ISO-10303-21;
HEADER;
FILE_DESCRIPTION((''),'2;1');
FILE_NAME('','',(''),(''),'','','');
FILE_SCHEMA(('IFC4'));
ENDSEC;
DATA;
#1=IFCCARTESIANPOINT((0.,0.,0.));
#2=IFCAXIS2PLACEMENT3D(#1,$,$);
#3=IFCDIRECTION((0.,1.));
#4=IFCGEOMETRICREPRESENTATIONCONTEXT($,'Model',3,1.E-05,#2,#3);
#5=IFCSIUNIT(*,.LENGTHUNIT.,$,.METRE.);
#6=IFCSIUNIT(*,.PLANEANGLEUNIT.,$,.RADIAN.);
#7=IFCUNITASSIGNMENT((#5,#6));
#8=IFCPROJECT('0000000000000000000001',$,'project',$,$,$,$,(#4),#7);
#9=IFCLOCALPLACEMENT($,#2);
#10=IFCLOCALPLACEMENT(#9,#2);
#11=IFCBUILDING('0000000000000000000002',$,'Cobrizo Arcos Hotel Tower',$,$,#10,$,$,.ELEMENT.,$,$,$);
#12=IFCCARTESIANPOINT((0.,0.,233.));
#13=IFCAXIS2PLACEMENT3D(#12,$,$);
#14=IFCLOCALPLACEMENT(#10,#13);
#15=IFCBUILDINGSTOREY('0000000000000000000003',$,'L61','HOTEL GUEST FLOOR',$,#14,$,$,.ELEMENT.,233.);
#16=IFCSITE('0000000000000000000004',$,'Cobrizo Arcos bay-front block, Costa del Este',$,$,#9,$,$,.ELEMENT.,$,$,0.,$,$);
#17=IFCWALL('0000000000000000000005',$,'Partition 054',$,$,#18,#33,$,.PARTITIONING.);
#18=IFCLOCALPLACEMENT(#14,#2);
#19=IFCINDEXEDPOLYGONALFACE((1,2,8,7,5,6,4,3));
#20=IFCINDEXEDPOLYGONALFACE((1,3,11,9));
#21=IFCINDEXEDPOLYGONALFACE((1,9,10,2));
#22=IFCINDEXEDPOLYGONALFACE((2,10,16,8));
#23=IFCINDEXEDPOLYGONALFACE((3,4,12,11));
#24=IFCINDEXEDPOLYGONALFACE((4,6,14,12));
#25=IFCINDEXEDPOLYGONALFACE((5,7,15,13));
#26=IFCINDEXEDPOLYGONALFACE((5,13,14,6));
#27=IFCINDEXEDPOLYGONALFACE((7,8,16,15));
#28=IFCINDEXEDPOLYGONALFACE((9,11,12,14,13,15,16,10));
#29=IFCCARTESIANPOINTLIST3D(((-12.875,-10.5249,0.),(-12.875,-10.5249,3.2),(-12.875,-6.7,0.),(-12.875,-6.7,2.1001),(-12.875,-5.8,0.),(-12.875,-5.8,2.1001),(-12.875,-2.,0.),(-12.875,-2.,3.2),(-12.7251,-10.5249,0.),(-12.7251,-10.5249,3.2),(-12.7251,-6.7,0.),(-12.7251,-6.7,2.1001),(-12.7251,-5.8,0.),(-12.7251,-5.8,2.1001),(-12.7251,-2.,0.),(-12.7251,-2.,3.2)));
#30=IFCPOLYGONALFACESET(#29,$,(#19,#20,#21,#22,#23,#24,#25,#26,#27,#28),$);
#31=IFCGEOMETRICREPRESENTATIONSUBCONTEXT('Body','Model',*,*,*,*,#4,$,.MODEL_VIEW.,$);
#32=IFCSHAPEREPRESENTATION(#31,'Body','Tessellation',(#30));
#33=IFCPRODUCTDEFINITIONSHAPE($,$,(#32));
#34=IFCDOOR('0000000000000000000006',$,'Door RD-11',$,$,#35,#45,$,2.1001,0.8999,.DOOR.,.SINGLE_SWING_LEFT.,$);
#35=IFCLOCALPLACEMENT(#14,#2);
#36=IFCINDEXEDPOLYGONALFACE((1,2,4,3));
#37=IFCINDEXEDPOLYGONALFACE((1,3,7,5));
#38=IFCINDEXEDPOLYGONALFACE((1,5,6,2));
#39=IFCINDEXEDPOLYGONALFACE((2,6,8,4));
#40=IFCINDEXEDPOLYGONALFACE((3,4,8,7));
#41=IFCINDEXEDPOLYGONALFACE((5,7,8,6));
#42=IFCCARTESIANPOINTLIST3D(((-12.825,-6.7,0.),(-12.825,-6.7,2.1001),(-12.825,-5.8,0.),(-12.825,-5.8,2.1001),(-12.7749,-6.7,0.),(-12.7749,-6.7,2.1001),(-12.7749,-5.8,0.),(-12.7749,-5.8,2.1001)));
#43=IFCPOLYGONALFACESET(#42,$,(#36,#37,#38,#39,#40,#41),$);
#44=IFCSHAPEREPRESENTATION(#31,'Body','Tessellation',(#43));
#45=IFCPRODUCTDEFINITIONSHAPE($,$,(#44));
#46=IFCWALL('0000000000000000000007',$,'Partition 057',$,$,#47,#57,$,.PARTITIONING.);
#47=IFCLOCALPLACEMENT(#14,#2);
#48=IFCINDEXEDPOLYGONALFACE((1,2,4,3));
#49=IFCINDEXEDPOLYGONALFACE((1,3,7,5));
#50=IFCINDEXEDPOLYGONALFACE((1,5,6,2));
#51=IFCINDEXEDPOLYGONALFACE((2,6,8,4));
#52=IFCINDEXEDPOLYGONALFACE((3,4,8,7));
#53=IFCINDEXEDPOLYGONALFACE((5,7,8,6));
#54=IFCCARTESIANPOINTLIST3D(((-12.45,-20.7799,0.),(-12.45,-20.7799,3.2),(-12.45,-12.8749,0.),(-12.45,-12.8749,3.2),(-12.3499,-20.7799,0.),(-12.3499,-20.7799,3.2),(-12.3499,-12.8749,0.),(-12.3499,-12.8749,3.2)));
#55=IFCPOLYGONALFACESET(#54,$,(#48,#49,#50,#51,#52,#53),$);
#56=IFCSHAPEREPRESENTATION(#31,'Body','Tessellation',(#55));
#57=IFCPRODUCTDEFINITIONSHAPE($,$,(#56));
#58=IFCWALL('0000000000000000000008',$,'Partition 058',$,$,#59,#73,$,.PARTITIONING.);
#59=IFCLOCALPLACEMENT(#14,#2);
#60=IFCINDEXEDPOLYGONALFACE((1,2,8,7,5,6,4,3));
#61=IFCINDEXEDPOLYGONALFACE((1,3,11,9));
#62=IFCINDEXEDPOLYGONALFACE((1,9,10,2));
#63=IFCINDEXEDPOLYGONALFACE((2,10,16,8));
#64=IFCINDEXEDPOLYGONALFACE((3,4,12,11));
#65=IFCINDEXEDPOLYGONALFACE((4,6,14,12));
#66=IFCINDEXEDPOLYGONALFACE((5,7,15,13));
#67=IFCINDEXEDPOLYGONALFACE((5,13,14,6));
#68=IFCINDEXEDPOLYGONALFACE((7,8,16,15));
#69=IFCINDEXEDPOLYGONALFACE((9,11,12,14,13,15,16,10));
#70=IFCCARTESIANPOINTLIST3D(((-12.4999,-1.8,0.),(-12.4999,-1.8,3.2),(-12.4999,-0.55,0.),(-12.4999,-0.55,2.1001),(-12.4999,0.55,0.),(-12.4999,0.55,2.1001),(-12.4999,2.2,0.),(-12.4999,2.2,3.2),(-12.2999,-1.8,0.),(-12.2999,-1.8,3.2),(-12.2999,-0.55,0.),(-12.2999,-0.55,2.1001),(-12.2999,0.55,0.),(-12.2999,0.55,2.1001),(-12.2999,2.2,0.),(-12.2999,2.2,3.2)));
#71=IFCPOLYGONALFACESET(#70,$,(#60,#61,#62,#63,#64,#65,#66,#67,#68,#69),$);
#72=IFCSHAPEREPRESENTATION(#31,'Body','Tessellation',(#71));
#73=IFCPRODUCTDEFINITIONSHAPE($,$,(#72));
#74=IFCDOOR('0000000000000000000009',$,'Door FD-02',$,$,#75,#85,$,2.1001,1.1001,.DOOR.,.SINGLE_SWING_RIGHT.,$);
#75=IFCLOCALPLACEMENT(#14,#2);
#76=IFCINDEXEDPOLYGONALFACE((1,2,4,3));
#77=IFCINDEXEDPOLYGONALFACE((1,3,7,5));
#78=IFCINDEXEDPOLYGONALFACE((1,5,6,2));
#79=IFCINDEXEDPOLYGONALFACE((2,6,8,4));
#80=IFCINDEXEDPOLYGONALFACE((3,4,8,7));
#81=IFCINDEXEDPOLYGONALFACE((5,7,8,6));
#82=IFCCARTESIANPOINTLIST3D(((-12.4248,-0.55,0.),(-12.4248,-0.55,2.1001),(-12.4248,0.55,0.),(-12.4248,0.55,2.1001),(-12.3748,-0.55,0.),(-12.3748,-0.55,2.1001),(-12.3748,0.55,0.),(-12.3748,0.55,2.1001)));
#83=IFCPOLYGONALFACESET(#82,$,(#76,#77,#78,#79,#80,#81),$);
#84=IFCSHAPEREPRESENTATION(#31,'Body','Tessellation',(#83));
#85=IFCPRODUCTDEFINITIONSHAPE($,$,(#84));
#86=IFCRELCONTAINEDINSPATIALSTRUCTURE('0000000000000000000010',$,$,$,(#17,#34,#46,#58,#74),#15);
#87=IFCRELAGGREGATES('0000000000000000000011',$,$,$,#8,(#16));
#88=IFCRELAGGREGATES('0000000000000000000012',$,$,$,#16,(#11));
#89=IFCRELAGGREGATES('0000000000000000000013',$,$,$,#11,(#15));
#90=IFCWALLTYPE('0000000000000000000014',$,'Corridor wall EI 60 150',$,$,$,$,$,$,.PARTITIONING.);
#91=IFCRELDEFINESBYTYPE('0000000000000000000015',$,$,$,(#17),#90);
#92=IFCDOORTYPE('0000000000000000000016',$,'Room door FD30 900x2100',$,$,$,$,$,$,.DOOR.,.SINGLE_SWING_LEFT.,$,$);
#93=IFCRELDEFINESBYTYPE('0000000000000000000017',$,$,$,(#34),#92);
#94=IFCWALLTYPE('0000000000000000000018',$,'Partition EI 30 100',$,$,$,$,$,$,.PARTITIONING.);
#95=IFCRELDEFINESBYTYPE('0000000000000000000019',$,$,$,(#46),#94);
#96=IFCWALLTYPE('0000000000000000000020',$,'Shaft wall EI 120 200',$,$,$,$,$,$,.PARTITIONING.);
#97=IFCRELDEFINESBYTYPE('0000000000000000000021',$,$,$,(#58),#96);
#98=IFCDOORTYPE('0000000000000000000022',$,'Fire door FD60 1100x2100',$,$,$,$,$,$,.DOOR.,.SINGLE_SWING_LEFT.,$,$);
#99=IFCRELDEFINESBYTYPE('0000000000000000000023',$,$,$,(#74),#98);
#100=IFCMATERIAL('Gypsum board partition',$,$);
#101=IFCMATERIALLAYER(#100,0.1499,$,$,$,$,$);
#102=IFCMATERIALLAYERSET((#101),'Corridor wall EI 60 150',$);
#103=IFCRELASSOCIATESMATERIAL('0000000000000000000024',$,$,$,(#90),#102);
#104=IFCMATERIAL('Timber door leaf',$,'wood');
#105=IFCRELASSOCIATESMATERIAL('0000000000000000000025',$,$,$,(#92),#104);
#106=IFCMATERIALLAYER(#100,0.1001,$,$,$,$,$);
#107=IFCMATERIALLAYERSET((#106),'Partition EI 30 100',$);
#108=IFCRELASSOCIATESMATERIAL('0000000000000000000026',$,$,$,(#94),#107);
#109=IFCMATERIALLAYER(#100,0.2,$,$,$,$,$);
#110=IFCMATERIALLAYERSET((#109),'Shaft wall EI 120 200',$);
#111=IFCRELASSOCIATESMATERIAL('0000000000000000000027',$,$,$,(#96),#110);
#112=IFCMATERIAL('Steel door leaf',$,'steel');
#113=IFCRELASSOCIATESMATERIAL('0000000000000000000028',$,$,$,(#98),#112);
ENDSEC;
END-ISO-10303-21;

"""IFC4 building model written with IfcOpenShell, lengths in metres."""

from ifc_helpers import new_model, si_unit, direction, frame, frame_2d, origin, place, context, subcontext, project, spatial, rectangle, extrude, material, layer, layer_set, type_object, element, fill, save


model = new_model("IFC4")

# Units and contexts
model_context = context("Model", 3, precision=1e-05, world=origin(), true_north=direction((0.0, 1.0)))
body_context = subcontext(model_context, "Body", "Model", "MODEL_VIEW")
ifc_project = project(units=[si_unit("LENGTHUNIT", "METRE"), si_unit("PLANEANGLEUNIT", "RADIAN")], contexts=[model_context])

# Site, building, storey
site_placement = place(None, origin())
site = spatial("IfcSite", under=ifc_project, at=site_placement, Name="Cobrizo Arcos bay-front block, Costa del Este", CompositionType="ELEMENT", RefElevation=0.0)
building_placement = place(site_placement, origin())
building = spatial("IfcBuilding", under=site, at=building_placement, Name="Cobrizo Arcos Hotel Tower", CompositionType="ELEMENT")
storey_placement = place(building_placement, frame((0.0, 0.0, 233.0)))
storey = spatial("IfcBuildingStorey", under=building, at=storey_placement, Name="L61", Description="HOTEL GUEST FLOOR", CompositionType="ELEMENT", Elevation=233.0)

# Shared definitions
ifc_material_1 = material(Name="Gypsum board partition")
ifc_layer_1 = layer(ifc_material_1, 0.1499)
ifc_layer_set_1 = layer_set([ifc_layer_1], Name="Corridor wall EI 60 150")
wall_type_1 = type_object("IfcWallType", Name="Corridor wall EI 60 150", PredefinedType="PARTITIONING", material=ifc_layer_set_1)

# Wall, opening, door
wall_1_placement = place(storey_placement, frame((-12.8, -10.5249, 0.0), z_axis=(0.0, 0.0, 1.0), x_axis=(0.0, 1.0, 0.0)))
wall_1 = element("IfcWall", 1, at=wall_1_placement, inside=storey, type_object=wall_type_1, Name="Partition 054", PredefinedType="PARTITIONING", context=body_context, shape_type="SweptSolid", body=[
    extrude(rectangle(XDim=8.5249, YDim=0.1499, at=frame_2d((4.2625, 0.0))), origin(), (0.0, 0.0, 1.0), 3.2),
])
opening_1_placement = place(wall_1_placement, frame((3.825, 0.0, 0.0)))
opening_1 = element("IfcOpeningElement", 2, at=opening_1_placement, cuts=wall_1, PredefinedType="OPENING", context=body_context, shape_type="SweptSolid", body=[
    extrude(rectangle(XDim=0.8999, YDim=2.1001, at=frame_2d((0.45, 1.05))), frame((0.0, 0.0869, 0.0), z_axis=(0.0, -1.0, 0.0), x_axis=(1.0, 0.0, 0.0)), (0.0, 0.0, 1.0), 0.1738),
])
ifc_material_2 = material(Name="Timber door leaf", Category="wood")
door_type_1 = type_object("IfcDoorType", Name="Room door FD30 900x2100", OperationType="SINGLE_SWING_LEFT", PredefinedType="DOOR", material=ifc_material_2)
door_1_placement = place(opening_1_placement, origin())
door_1 = element("IfcDoor", 3, at=door_1_placement, inside=storey, type_object=door_type_1, Name="Door RD-11", OperationType="SINGLE_SWING_LEFT", OverallHeight=2.1001, OverallWidth=0.8999, PredefinedType="DOOR", context=body_context, shape_type="SweptSolid", body=[
    extrude(rectangle(XDim=0.8999, YDim=2.1001, at=frame_2d((0.45, 1.05))), frame((0.0, 0.0249, 0.0), z_axis=(0.0, -1.0, 0.0), x_axis=(1.0, 0.0, 0.0)), (0.0, 0.0, 1.0), 0.05),
])
fill(opening_1, door_1)

# Wall
ifc_layer_2 = layer(ifc_material_1, 0.1001)
ifc_layer_set_2 = layer_set([ifc_layer_2], Name="Partition EI 30 100")
wall_type_2 = type_object("IfcWallType", Name="Partition EI 30 100", PredefinedType="PARTITIONING", material=ifc_layer_set_2)
wall_2_placement = place(storey_placement, frame((-12.3999, -20.78, 0.0), z_axis=(0.0, 0.0, 1.0), x_axis=(0.0, 1.0, 0.0)))
element("IfcWall", 4, at=wall_2_placement, inside=storey, type_object=wall_type_2, Name="Partition 057", PredefinedType="PARTITIONING", context=body_context, shape_type="SweptSolid", body=[
    extrude(rectangle(XDim=7.905, YDim=0.1001, at=frame_2d((3.9526, 0.0))), origin(), (0.0, 0.0, 1.0), 3.2),
])

# Wall, opening, door
ifc_layer_3 = layer(ifc_material_1, 0.2)
ifc_layer_set_3 = layer_set([ifc_layer_3], Name="Shaft wall EI 120 200")
wall_type_3 = type_object("IfcWallType", Name="Shaft wall EI 120 200", PredefinedType="PARTITIONING", material=ifc_layer_set_3)
wall_3_placement = place(storey_placement, frame((-12.3999, -1.8, 0.0), z_axis=(0.0, 0.0, 1.0), x_axis=(0.0, 1.0, 0.0)))
wall_3 = element("IfcWall", 5, at=wall_3_placement, inside=storey, type_object=wall_type_3, Name="Partition 058", PredefinedType="PARTITIONING", context=body_context, shape_type="SweptSolid", body=[
    extrude(rectangle(XDim=4.0, YDim=0.2, at=frame_2d((2.0, 0.0))), origin(), (0.0, 0.0, 1.0), 3.2),
])
opening_2_placement = place(wall_3_placement, frame((1.25, 0.0, 0.0)))
opening_2 = element("IfcOpeningElement", 6, at=opening_2_placement, cuts=wall_3, PredefinedType="OPENING", context=body_context, shape_type="SweptSolid", body=[
    extrude(rectangle(XDim=1.1001, YDim=2.1001, at=frame_2d((0.55, 1.05))), frame((0.0, 0.1121, 0.0), z_axis=(0.0, -1.0, 0.0), x_axis=(1.0, 0.0, 0.0)), (0.0, 0.0, 1.0), 0.2239),
])
ifc_material_3 = material(Name="Steel door leaf", Category="steel")
door_type_2 = type_object("IfcDoorType", Name="Fire door FD60 1100x2100", OperationType="SINGLE_SWING_LEFT", PredefinedType="DOOR", material=ifc_material_3)
door_2_placement = place(opening_2_placement, origin())
door_2 = element("IfcDoor", 7, at=door_2_placement, inside=storey, type_object=door_type_2, Name="Door FD-02", OperationType="SINGLE_SWING_RIGHT", OverallHeight=2.1001, OverallWidth=1.1001, PredefinedType="DOOR", context=body_context, shape_type="SweptSolid", body=[
    extrude(rectangle(XDim=1.1001, YDim=2.1001, at=frame_2d((0.55, 1.05))), frame((0.0, 0.0249, 0.0), z_axis=(0.0, -1.0, 0.0), x_axis=(1.0, 0.0, 0.0)), (0.0, 0.0, 1.0), 0.05),
])
fill(opening_2, door_2)

save(model, "model.ifc")
